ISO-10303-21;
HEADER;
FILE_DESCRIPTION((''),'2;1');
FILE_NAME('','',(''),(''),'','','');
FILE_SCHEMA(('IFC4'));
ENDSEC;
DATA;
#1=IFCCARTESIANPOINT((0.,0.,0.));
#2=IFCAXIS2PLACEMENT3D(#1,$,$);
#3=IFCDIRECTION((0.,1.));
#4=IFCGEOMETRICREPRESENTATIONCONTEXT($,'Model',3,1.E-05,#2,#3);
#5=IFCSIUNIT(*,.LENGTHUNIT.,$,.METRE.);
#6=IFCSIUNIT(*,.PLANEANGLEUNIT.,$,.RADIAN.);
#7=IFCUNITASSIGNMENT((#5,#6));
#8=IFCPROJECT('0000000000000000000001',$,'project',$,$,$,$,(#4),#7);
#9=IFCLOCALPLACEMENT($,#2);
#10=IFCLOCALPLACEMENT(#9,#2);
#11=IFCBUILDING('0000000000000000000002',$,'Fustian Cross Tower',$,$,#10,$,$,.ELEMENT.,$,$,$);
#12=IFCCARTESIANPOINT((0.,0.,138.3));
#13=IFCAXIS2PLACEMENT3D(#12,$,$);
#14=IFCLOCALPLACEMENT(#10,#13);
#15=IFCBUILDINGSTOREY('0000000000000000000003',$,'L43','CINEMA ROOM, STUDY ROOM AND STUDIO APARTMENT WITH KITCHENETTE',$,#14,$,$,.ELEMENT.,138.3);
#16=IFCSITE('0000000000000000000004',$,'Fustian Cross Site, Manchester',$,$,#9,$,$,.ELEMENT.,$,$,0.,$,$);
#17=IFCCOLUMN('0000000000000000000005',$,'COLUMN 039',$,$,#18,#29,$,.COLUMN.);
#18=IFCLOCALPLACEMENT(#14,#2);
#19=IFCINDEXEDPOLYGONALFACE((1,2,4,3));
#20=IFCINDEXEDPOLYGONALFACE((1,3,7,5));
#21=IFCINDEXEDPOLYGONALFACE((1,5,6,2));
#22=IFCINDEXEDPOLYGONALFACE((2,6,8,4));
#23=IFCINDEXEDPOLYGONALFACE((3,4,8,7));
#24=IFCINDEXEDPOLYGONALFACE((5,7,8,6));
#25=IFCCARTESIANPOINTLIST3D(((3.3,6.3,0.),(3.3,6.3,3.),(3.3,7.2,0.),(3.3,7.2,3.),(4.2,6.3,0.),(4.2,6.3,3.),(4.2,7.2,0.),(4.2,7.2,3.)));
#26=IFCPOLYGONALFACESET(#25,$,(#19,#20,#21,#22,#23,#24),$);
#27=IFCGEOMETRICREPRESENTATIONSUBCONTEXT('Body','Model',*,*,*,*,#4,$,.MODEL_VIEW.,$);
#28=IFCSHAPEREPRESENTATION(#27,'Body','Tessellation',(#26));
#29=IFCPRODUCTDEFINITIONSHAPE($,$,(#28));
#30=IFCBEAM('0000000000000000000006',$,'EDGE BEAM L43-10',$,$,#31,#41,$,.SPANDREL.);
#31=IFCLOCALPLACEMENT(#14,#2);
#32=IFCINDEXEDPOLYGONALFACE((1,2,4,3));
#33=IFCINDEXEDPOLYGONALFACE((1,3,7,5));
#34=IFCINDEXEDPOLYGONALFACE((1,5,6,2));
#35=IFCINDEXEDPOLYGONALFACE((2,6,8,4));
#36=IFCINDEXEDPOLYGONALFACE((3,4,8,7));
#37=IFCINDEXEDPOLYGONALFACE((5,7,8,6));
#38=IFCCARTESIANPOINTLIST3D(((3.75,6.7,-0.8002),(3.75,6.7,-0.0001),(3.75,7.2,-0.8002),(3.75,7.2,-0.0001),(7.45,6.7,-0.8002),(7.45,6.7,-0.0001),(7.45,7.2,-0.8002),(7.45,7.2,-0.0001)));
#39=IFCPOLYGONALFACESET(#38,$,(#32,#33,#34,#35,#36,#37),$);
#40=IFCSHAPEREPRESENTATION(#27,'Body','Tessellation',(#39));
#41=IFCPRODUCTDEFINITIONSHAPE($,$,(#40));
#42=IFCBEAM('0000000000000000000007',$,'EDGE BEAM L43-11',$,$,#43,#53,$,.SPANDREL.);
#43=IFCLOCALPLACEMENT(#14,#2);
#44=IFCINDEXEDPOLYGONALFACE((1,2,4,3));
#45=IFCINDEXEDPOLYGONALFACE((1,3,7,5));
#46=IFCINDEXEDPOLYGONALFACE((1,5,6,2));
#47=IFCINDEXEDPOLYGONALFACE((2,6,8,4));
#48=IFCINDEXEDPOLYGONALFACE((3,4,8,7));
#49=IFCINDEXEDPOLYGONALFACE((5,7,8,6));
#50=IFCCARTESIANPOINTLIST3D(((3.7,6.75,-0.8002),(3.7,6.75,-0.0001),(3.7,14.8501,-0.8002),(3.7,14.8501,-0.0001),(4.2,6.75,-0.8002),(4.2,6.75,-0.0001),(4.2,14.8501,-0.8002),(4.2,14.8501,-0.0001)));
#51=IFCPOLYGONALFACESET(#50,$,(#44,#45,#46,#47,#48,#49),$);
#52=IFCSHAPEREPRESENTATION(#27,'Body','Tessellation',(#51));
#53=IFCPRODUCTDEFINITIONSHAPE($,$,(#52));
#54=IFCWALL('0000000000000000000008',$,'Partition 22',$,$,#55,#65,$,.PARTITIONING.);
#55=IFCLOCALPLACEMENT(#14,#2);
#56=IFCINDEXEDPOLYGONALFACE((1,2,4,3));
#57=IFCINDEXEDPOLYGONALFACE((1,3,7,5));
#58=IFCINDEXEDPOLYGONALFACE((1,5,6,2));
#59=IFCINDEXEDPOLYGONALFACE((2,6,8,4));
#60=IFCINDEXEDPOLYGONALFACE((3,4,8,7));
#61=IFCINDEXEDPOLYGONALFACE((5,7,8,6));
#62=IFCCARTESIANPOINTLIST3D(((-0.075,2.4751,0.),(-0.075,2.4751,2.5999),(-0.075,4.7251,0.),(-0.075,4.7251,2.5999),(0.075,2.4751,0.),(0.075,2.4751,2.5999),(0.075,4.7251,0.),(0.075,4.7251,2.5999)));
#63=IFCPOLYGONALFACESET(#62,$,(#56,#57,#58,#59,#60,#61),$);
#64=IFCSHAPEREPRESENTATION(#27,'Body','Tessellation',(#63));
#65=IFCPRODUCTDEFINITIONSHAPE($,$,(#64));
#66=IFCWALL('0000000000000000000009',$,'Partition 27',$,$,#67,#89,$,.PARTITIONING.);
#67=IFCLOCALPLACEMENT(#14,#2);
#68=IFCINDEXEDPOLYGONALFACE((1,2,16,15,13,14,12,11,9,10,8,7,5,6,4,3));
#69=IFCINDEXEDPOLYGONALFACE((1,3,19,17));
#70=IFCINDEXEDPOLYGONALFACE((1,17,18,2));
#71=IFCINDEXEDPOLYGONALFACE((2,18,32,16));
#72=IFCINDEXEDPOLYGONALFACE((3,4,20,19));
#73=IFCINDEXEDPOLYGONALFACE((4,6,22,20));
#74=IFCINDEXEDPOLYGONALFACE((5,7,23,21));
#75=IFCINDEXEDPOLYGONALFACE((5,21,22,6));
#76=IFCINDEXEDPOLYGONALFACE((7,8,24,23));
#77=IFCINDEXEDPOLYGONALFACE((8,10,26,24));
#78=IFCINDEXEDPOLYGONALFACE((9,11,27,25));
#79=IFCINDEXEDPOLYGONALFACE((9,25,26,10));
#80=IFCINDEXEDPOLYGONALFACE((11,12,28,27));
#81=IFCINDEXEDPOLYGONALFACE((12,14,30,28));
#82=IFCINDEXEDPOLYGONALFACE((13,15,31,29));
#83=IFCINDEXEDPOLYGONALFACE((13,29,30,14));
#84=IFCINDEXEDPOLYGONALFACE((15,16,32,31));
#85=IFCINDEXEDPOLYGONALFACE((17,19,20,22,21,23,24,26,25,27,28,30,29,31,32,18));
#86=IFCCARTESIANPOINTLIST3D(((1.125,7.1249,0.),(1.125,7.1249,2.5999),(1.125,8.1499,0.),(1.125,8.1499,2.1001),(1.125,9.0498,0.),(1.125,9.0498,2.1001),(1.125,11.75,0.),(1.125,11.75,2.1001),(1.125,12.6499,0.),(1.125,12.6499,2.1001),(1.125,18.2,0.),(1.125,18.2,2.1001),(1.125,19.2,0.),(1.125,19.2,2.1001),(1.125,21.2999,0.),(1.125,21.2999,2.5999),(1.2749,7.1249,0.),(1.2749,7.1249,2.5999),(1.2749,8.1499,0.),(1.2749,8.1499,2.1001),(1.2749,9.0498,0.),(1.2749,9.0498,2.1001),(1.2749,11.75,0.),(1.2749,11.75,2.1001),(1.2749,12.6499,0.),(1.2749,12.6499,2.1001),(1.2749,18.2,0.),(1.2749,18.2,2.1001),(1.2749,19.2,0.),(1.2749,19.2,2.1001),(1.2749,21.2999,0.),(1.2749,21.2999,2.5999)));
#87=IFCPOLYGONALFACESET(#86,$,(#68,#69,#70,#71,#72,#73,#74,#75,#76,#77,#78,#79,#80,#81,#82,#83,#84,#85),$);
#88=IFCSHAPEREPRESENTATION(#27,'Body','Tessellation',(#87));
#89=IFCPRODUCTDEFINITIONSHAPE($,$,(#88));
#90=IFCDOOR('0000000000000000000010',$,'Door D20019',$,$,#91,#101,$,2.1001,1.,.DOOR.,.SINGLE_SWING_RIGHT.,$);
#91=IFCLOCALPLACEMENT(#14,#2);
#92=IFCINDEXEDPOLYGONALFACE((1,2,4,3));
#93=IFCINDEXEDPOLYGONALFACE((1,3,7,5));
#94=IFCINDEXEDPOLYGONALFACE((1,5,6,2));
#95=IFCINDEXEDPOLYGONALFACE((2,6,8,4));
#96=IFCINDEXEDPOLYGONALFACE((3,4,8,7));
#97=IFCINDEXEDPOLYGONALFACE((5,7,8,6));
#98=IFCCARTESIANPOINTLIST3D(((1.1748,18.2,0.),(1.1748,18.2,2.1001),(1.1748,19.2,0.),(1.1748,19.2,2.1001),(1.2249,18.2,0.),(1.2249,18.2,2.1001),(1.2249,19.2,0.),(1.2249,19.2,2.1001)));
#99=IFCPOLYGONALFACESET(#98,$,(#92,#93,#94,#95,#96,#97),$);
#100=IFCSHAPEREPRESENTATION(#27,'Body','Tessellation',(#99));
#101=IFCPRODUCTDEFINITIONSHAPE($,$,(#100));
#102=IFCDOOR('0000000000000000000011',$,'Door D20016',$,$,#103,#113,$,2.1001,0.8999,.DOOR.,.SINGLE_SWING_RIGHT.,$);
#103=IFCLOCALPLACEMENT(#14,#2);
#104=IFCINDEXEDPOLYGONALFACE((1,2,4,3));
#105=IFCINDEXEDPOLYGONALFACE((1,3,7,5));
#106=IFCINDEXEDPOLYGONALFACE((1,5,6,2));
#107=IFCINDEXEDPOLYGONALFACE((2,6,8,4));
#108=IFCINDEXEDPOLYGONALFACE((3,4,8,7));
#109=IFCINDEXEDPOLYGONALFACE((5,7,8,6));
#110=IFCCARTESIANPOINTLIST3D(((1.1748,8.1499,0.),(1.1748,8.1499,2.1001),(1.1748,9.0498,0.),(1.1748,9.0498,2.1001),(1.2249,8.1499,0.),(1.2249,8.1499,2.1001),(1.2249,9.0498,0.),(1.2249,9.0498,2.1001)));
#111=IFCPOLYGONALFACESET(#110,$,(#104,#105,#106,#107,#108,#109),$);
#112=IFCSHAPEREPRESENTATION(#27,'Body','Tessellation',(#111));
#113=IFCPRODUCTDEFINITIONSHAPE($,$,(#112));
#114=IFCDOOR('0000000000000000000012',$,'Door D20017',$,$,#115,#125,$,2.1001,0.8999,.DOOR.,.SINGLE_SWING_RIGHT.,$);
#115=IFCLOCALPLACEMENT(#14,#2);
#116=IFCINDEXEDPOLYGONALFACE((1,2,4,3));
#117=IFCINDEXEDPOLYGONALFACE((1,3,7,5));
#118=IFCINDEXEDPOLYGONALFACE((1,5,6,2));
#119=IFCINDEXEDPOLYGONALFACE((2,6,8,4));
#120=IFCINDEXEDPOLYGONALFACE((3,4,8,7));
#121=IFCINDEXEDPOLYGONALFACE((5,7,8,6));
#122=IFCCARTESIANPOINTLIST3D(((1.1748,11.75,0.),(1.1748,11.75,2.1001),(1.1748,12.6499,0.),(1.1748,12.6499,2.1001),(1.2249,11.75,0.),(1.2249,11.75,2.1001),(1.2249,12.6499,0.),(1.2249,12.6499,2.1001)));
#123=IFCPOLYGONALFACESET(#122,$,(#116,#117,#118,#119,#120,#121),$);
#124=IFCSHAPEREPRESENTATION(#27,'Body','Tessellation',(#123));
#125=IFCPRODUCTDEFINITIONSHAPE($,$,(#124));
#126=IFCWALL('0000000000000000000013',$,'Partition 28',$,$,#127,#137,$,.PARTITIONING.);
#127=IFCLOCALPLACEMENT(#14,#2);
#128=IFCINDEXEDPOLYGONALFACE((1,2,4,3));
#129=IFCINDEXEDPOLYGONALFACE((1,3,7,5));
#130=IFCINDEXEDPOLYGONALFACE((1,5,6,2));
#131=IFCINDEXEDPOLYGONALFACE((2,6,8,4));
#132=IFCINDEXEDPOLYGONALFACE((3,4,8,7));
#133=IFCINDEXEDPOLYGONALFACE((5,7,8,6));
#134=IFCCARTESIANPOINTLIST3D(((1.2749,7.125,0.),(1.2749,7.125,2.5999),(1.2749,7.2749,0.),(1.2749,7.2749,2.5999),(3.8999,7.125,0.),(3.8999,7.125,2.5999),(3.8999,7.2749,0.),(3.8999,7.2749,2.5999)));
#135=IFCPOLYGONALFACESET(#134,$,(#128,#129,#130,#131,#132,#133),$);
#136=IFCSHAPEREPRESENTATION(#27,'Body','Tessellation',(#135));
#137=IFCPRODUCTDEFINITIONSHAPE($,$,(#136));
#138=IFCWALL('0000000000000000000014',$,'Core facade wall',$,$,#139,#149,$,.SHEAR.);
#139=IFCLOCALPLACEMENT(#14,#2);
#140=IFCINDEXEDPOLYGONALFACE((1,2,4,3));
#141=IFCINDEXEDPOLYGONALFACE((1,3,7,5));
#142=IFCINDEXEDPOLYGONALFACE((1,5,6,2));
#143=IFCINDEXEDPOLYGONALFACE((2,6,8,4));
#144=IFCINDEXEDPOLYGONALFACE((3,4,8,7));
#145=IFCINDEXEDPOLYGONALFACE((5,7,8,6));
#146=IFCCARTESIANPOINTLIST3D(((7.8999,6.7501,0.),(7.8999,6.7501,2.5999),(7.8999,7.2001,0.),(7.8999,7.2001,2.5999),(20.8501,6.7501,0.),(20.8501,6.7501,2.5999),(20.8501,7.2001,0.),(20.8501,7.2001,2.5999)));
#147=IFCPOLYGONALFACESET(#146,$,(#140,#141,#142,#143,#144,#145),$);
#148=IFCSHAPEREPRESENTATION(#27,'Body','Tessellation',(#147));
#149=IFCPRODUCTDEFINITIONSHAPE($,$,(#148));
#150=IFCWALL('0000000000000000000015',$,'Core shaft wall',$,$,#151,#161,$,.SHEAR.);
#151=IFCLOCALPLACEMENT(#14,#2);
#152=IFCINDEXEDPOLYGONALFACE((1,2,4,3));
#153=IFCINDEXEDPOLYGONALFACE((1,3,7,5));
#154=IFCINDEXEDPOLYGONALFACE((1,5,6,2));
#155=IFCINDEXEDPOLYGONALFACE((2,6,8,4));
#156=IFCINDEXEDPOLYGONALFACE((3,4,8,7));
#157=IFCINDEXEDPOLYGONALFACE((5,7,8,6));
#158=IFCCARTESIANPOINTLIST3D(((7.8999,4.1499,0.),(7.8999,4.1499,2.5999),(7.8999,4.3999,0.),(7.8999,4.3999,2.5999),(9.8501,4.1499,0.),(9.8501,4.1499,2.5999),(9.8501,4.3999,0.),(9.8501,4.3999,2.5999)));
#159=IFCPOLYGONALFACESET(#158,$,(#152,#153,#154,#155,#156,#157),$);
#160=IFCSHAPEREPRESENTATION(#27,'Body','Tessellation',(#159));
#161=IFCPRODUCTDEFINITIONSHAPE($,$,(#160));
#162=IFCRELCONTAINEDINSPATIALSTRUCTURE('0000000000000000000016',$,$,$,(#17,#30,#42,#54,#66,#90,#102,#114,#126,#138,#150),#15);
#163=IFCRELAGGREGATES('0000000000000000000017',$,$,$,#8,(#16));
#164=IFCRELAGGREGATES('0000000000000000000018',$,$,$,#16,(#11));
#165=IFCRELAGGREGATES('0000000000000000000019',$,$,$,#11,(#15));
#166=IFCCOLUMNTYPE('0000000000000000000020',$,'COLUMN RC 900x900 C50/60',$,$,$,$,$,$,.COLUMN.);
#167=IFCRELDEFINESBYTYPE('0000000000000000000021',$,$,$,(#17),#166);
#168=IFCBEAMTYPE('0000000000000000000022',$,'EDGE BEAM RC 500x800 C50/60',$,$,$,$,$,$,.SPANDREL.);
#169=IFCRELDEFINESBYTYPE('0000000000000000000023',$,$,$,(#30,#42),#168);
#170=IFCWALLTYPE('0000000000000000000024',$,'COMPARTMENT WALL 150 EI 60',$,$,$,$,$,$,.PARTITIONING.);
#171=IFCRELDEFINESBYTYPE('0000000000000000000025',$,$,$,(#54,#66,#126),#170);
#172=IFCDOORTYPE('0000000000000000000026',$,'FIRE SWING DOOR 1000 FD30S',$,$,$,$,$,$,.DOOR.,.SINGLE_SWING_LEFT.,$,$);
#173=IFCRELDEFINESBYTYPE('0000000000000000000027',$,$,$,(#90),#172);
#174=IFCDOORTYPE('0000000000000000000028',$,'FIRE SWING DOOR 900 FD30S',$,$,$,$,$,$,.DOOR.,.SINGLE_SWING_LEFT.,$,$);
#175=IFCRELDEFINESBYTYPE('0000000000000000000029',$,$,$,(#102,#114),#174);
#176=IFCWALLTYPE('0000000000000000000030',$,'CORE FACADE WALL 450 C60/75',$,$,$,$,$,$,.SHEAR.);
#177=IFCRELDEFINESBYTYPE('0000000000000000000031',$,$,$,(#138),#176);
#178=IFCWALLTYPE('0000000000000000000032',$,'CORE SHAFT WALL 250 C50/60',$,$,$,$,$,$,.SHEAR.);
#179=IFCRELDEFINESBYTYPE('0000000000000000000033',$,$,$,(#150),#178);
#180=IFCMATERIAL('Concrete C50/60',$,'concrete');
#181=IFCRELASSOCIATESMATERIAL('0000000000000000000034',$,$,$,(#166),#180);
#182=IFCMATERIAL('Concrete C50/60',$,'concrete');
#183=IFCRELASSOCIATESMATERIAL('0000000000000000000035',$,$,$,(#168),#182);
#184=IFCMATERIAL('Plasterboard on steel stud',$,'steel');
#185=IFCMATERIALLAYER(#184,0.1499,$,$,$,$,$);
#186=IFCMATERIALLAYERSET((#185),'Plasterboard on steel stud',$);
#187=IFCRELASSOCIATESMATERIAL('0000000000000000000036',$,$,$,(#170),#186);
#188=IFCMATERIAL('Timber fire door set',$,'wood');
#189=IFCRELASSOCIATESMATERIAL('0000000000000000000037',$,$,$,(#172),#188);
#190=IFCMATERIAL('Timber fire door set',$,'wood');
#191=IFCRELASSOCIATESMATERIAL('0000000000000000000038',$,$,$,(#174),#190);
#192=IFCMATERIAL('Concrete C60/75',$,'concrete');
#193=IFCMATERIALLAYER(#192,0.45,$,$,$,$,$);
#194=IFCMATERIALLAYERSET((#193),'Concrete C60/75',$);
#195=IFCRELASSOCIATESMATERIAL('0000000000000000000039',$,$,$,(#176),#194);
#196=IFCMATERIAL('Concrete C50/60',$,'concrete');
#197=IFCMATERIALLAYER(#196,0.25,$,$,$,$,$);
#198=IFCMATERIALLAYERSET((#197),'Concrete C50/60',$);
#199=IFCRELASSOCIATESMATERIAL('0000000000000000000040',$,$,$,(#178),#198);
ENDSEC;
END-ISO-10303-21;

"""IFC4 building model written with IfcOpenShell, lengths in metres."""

from ifc_helpers import new_model, si_unit, direction, frame, frame_2d, origin, origin_2d, place, context, subcontext, project, spatial, rectangle, extrude, material, layer, layer_set, material_profile, profile_set, type_object, element, fill, save


model = new_model("IFC4")

# Units and contexts
model_context = context("Model", 3, precision=1e-05, world=origin(), true_north=direction((0.0, 1.0)))
body_context = subcontext(model_context, "Body", "Model", "MODEL_VIEW")
ifc_project = project(units=[si_unit("LENGTHUNIT", "METRE"), si_unit("PLANEANGLEUNIT", "RADIAN")], contexts=[model_context])

# Site, building, storey
site_placement = place(None, origin())
site = spatial("IfcSite", under=ifc_project, at=site_placement, Name="Fustian Cross Site, Manchester", CompositionType="ELEMENT", RefElevation=0.0)
building_placement = place(site_placement, origin())
building = spatial("IfcBuilding", under=site, at=building_placement, Name="Fustian Cross Tower", CompositionType="ELEMENT")
storey_placement = place(building_placement, frame((0.0, 0.0, 138.3)))
storey = spatial("IfcBuildingStorey", under=building, at=storey_placement, Name="L43", Description="CINEMA ROOM, STUDY ROOM AND STUDIO APARTMENT WITH KITCHENETTE", CompositionType="ELEMENT", Elevation=138.3)

# Column
ifc_material_1 = material(Name="Concrete C50/60", Category="concrete")
ifc_material_profile_1 = material_profile(ifc_material_1, rectangle(XDim=0.8999, YDim=0.8999, at=origin_2d()), Name="RC 900x900")
ifc_profile_set_1 = profile_set([ifc_material_profile_1], Name="Concrete C50/60")
column_type = type_object("IfcColumnType", Name="COLUMN RC 900x900 C50/60", PredefinedType="COLUMN", material=ifc_profile_set_1)
column_placement = place(storey_placement, frame((3.75, 6.75, 0.0), z_axis=(0.0, 0.0, 1.0), x_axis=(1.0, 0.0, 0.0)))
element("IfcColumn", 1, at=column_placement, inside=storey, type_object=column_type, Name="COLUMN 039", PredefinedType="COLUMN", context=body_context, shape_type="SweptSolid", body=[
    extrude(rectangle(XDim=0.8999, YDim=0.8999, at=origin_2d()), origin(), (0.0, 0.0, 1.0), 3.0),
])

# Beams
ifc_material_2 = material(Name="Concrete C50/60", Category="concrete")
ifc_material_profile_2 = material_profile(ifc_material_2, rectangle(XDim=0.5, YDim=0.8, at=origin_2d()), Name="RC 500x800")
ifc_profile_set_2 = profile_set([ifc_material_profile_2], Name="Concrete C50/60")
beam_type = type_object("IfcBeamType", Name="EDGE BEAM RC 500x800 C50/60", PredefinedType="SPANDREL", material=ifc_profile_set_2)
beam_1_placement = place(storey_placement, frame((7.45, 6.95, -0.4001), z_axis=(-1.0, 0.0, 0.0), x_axis=(0.0, -1.0, 0.0)))
element("IfcBeam", 2, at=beam_1_placement, inside=storey, type_object=beam_type, Name="EDGE BEAM L43-10", PredefinedType="SPANDREL", context=body_context, shape_type="SweptSolid", body=[
    extrude(rectangle(XDim=0.5, YDim=0.8, at=origin_2d()), origin(), (0.0, 0.0, 1.0), 3.7),
])
beam_2_placement = place(storey_placement, frame((3.95, 6.75, -0.4001), z_axis=(0.0, 1.0, 0.0), x_axis=(-1.0, 0.0, 0.0)))
element("IfcBeam", 3, at=beam_2_placement, inside=storey, type_object=beam_type, Name="EDGE BEAM L43-11", PredefinedType="SPANDREL", context=body_context, shape_type="SweptSolid", body=[
    extrude(rectangle(XDim=0.5, YDim=0.8, at=origin_2d()), origin(), (0.0, 0.0, 1.0), 8.1001),
])

# Wall
ifc_material_3 = material(Name="Plasterboard on steel stud", Category="steel")
ifc_layer_1 = layer(ifc_material_3, 0.1499)
ifc_layer_set_1 = layer_set([ifc_layer_1], Name="Plasterboard on steel stud")
wall_type_1 = type_object("IfcWallType", Name="COMPARTMENT WALL 150 EI 60", PredefinedType="PARTITIONING", material=ifc_layer_set_1)
wall_1_placement = place(storey_placement, frame((0.0, 2.4751, 0.0), z_axis=(0.0, 0.0, 1.0), x_axis=(0.0, 1.0, 0.0)))
element("IfcWall", 4, at=wall_1_placement, inside=storey, type_object=wall_type_1, Name="Partition 22", PredefinedType="PARTITIONING", context=body_context, shape_type="SweptSolid", body=[
    extrude(rectangle(XDim=2.25, YDim=0.1499, at=frame_2d((1.125, 0.0))), origin(), (0.0, 0.0, 1.0), 2.5999),
])

# Wall, openings, doors
wall_2_placement = place(storey_placement, frame((1.2, 7.125, 0.0), z_axis=(0.0, 0.0, 1.0), x_axis=(0.0, 1.0, 0.0)))
wall_2 = element("IfcWall", 5, at=wall_2_placement, inside=storey, type_object=wall_type_1, Name="Partition 27", PredefinedType="PARTITIONING", context=body_context, shape_type="SweptSolid", body=[
    extrude(rectangle(XDim=14.175, YDim=0.1499, at=frame_2d((7.0874, 0.0))), origin(), (0.0, 0.0, 1.0), 2.5999),
])
opening_1_placement = place(wall_2_placement, frame((1.0249, 0.0, 0.0)))
opening_1 = element("IfcOpeningElement", 6, at=opening_1_placement, cuts=wall_2, PredefinedType="OPENING", context=body_context, shape_type="SweptSolid", body=[
    extrude(rectangle(XDim=0.8999, YDim=2.1001, at=frame_2d((0.45, 1.05))), frame((0.0, 0.085, 0.0), z_axis=(0.0, -1.0, 0.0), x_axis=(1.0, 0.0, 0.0)), (0.0, 0.0, 1.0), 0.1699),
])
opening_2_placement = place(wall_2_placement, frame((4.625, 0.0, 0.0)))
opening_2 = element("IfcOpeningElement", 7, at=opening_2_placement, cuts=wall_2, PredefinedType="OPENING", context=body_context, shape_type="SweptSolid", body=[
    extrude(rectangle(XDim=0.8999, YDim=2.1001, at=frame_2d((0.45, 1.05))), frame((0.0, 0.085, 0.0), z_axis=(0.0, -1.0, 0.0), x_axis=(1.0, 0.0, 0.0)), (0.0, 0.0, 1.0), 0.1699),
])
opening_3_placement = place(wall_2_placement, frame((11.075, 0.0, 0.0)))
opening_3 = element("IfcOpeningElement", 8, at=opening_3_placement, cuts=wall_2, PredefinedType="OPENING", context=body_context, shape_type="SweptSolid", body=[
    extrude(rectangle(XDim=1.0, YDim=2.1001, at=frame_2d((0.5, 1.05))), frame((0.0, 0.085, 0.0), z_axis=(0.0, -1.0, 0.0), x_axis=(1.0, 0.0, 0.0)), (0.0, 0.0, 1.0), 0.1699),
])
ifc_material_4 = material(Name="Timber fire door set", Category="wood")
door_type_1 = type_object("IfcDoorType", Name="FIRE SWING DOOR 1000 FD30S", OperationType="SINGLE_SWING_LEFT", PredefinedType="DOOR", material=ifc_material_4)
door_1_placement = place(opening_3_placement, frame((1.0, 0.0, 0.0), z_axis=(0.0, 0.0, 1.0), x_axis=(-1.0, 0.0, 0.0)))
door_1 = element("IfcDoor", 9, at=door_1_placement, inside=storey, type_object=door_type_1, Name="Door D20019", OperationType="SINGLE_SWING_RIGHT", OverallHeight=2.1001, OverallWidth=1.0, PredefinedType="DOOR", context=body_context, shape_type="SweptSolid", body=[
    extrude(rectangle(XDim=1.0, YDim=2.1001, at=frame_2d((0.5, 1.05))), frame((0.0, 0.0249, 0.0), z_axis=(0.0, -1.0, 0.0), x_axis=(1.0, 0.0, 0.0)), (0.0, 0.0, 1.0), 0.05),
])
fill(opening_3, door_1)
ifc_material_5 = material(Name="Timber fire door set", Category="wood")
door_type_2 = type_object("IfcDoorType", Name="FIRE SWING DOOR 900 FD30S", OperationType="SINGLE_SWING_LEFT", PredefinedType="DOOR", material=ifc_material_5)
door_2_placement = place(opening_1_placement, frame((0.8999, 0.0, 0.0), z_axis=(0.0, 0.0, 1.0), x_axis=(-1.0, 0.0, 0.0)))
door_2 = element("IfcDoor", 10, at=door_2_placement, inside=storey, type_object=door_type_2, Name="Door D20016", OperationType="SINGLE_SWING_RIGHT", OverallHeight=2.1001, OverallWidth=0.8999, PredefinedType="DOOR", context=body_context, shape_type="SweptSolid", body=[
    extrude(rectangle(XDim=0.8999, YDim=2.1001, at=frame_2d((0.45, 1.05))), frame((0.0, 0.0249, 0.0), z_axis=(0.0, -1.0, 0.0), x_axis=(1.0, 0.0, 0.0)), (0.0, 0.0, 1.0), 0.05),
])
fill(opening_1, door_2)
door_3_placement = place(opening_2_placement, frame((0.8999, 0.0, 0.0), z_axis=(0.0, 0.0, 1.0), x_axis=(-1.0, 0.0, 0.0)))
door_3 = element("IfcDoor", 11, at=door_3_placement, inside=storey, type_object=door_type_2, Name="Door D20017", OperationType="SINGLE_SWING_RIGHT", OverallHeight=2.1001, OverallWidth=0.8999, PredefinedType="DOOR", context=body_context, shape_type="SweptSolid", body=[
    extrude(rectangle(XDim=0.8999, YDim=2.1001, at=frame_2d((0.45, 1.05))), frame((0.0, 0.0249, 0.0), z_axis=(0.0, -1.0, 0.0), x_axis=(1.0, 0.0, 0.0)), (0.0, 0.0, 1.0), 0.05),
])
fill(opening_2, door_3)

# Walls
wall_3_placement = place(storey_placement, frame((1.2749, 7.2, 0.0), z_axis=(0.0, 0.0, 1.0), x_axis=(1.0, 0.0, 0.0)))
element("IfcWall", 12, at=wall_3_placement, inside=storey, type_object=wall_type_1, Name="Partition 28", PredefinedType="PARTITIONING", context=body_context, shape_type="SweptSolid", body=[
    extrude(rectangle(XDim=2.625, YDim=0.1499, at=frame_2d((1.3125, 0.0))), origin(), (0.0, 0.0, 1.0), 2.5999),
])
ifc_material_6 = material(Name="Concrete C60/75", Category="concrete")
ifc_layer_2 = layer(ifc_material_6, 0.45)
ifc_layer_set_2 = layer_set([ifc_layer_2], Name="Concrete C60/75")
wall_type_2 = type_object("IfcWallType", Name="CORE FACADE WALL 450 C60/75", PredefinedType="SHEAR", material=ifc_layer_set_2)
wall_4_placement = place(storey_placement, frame((7.8999, 6.9751, 0.0), z_axis=(0.0, 0.0, 1.0), x_axis=(1.0, 0.0, 0.0)))
element("IfcWall", 13, at=wall_4_placement, inside=storey, type_object=wall_type_2, Name="Core facade wall", PredefinedType="SHEAR", context=body_context, shape_type="SweptSolid", body=[
    extrude(rectangle(XDim=12.9502, YDim=0.45, at=frame_2d((6.4751, 0.0))), origin(), (0.0, 0.0, 1.0), 2.5999),
])
ifc_material_7 = material(Name="Concrete C50/60", Category="concrete")
ifc_layer_3 = layer(ifc_material_7, 0.25)
ifc_layer_set_3 = layer_set([ifc_layer_3], Name="Concrete C50/60")
wall_type_3 = type_object("IfcWallType", Name="CORE SHAFT WALL 250 C50/60", PredefinedType="SHEAR", material=ifc_layer_set_3)
wall_5_placement = place(storey_placement, frame((7.8999, 4.2749, 0.0), z_axis=(0.0, 0.0, 1.0), x_axis=(1.0, 0.0, 0.0)))
element("IfcWall", 14, at=wall_5_placement, inside=storey, type_object=wall_type_3, Name="Core shaft wall", PredefinedType="SHEAR", context=body_context, shape_type="SweptSolid", body=[
    extrude(rectangle(XDim=1.9502, YDim=0.25, at=frame_2d((0.9751, 0.0))), origin(), (0.0, 0.0, 1.0), 2.5999),
])

save(model, "model.ifc")
